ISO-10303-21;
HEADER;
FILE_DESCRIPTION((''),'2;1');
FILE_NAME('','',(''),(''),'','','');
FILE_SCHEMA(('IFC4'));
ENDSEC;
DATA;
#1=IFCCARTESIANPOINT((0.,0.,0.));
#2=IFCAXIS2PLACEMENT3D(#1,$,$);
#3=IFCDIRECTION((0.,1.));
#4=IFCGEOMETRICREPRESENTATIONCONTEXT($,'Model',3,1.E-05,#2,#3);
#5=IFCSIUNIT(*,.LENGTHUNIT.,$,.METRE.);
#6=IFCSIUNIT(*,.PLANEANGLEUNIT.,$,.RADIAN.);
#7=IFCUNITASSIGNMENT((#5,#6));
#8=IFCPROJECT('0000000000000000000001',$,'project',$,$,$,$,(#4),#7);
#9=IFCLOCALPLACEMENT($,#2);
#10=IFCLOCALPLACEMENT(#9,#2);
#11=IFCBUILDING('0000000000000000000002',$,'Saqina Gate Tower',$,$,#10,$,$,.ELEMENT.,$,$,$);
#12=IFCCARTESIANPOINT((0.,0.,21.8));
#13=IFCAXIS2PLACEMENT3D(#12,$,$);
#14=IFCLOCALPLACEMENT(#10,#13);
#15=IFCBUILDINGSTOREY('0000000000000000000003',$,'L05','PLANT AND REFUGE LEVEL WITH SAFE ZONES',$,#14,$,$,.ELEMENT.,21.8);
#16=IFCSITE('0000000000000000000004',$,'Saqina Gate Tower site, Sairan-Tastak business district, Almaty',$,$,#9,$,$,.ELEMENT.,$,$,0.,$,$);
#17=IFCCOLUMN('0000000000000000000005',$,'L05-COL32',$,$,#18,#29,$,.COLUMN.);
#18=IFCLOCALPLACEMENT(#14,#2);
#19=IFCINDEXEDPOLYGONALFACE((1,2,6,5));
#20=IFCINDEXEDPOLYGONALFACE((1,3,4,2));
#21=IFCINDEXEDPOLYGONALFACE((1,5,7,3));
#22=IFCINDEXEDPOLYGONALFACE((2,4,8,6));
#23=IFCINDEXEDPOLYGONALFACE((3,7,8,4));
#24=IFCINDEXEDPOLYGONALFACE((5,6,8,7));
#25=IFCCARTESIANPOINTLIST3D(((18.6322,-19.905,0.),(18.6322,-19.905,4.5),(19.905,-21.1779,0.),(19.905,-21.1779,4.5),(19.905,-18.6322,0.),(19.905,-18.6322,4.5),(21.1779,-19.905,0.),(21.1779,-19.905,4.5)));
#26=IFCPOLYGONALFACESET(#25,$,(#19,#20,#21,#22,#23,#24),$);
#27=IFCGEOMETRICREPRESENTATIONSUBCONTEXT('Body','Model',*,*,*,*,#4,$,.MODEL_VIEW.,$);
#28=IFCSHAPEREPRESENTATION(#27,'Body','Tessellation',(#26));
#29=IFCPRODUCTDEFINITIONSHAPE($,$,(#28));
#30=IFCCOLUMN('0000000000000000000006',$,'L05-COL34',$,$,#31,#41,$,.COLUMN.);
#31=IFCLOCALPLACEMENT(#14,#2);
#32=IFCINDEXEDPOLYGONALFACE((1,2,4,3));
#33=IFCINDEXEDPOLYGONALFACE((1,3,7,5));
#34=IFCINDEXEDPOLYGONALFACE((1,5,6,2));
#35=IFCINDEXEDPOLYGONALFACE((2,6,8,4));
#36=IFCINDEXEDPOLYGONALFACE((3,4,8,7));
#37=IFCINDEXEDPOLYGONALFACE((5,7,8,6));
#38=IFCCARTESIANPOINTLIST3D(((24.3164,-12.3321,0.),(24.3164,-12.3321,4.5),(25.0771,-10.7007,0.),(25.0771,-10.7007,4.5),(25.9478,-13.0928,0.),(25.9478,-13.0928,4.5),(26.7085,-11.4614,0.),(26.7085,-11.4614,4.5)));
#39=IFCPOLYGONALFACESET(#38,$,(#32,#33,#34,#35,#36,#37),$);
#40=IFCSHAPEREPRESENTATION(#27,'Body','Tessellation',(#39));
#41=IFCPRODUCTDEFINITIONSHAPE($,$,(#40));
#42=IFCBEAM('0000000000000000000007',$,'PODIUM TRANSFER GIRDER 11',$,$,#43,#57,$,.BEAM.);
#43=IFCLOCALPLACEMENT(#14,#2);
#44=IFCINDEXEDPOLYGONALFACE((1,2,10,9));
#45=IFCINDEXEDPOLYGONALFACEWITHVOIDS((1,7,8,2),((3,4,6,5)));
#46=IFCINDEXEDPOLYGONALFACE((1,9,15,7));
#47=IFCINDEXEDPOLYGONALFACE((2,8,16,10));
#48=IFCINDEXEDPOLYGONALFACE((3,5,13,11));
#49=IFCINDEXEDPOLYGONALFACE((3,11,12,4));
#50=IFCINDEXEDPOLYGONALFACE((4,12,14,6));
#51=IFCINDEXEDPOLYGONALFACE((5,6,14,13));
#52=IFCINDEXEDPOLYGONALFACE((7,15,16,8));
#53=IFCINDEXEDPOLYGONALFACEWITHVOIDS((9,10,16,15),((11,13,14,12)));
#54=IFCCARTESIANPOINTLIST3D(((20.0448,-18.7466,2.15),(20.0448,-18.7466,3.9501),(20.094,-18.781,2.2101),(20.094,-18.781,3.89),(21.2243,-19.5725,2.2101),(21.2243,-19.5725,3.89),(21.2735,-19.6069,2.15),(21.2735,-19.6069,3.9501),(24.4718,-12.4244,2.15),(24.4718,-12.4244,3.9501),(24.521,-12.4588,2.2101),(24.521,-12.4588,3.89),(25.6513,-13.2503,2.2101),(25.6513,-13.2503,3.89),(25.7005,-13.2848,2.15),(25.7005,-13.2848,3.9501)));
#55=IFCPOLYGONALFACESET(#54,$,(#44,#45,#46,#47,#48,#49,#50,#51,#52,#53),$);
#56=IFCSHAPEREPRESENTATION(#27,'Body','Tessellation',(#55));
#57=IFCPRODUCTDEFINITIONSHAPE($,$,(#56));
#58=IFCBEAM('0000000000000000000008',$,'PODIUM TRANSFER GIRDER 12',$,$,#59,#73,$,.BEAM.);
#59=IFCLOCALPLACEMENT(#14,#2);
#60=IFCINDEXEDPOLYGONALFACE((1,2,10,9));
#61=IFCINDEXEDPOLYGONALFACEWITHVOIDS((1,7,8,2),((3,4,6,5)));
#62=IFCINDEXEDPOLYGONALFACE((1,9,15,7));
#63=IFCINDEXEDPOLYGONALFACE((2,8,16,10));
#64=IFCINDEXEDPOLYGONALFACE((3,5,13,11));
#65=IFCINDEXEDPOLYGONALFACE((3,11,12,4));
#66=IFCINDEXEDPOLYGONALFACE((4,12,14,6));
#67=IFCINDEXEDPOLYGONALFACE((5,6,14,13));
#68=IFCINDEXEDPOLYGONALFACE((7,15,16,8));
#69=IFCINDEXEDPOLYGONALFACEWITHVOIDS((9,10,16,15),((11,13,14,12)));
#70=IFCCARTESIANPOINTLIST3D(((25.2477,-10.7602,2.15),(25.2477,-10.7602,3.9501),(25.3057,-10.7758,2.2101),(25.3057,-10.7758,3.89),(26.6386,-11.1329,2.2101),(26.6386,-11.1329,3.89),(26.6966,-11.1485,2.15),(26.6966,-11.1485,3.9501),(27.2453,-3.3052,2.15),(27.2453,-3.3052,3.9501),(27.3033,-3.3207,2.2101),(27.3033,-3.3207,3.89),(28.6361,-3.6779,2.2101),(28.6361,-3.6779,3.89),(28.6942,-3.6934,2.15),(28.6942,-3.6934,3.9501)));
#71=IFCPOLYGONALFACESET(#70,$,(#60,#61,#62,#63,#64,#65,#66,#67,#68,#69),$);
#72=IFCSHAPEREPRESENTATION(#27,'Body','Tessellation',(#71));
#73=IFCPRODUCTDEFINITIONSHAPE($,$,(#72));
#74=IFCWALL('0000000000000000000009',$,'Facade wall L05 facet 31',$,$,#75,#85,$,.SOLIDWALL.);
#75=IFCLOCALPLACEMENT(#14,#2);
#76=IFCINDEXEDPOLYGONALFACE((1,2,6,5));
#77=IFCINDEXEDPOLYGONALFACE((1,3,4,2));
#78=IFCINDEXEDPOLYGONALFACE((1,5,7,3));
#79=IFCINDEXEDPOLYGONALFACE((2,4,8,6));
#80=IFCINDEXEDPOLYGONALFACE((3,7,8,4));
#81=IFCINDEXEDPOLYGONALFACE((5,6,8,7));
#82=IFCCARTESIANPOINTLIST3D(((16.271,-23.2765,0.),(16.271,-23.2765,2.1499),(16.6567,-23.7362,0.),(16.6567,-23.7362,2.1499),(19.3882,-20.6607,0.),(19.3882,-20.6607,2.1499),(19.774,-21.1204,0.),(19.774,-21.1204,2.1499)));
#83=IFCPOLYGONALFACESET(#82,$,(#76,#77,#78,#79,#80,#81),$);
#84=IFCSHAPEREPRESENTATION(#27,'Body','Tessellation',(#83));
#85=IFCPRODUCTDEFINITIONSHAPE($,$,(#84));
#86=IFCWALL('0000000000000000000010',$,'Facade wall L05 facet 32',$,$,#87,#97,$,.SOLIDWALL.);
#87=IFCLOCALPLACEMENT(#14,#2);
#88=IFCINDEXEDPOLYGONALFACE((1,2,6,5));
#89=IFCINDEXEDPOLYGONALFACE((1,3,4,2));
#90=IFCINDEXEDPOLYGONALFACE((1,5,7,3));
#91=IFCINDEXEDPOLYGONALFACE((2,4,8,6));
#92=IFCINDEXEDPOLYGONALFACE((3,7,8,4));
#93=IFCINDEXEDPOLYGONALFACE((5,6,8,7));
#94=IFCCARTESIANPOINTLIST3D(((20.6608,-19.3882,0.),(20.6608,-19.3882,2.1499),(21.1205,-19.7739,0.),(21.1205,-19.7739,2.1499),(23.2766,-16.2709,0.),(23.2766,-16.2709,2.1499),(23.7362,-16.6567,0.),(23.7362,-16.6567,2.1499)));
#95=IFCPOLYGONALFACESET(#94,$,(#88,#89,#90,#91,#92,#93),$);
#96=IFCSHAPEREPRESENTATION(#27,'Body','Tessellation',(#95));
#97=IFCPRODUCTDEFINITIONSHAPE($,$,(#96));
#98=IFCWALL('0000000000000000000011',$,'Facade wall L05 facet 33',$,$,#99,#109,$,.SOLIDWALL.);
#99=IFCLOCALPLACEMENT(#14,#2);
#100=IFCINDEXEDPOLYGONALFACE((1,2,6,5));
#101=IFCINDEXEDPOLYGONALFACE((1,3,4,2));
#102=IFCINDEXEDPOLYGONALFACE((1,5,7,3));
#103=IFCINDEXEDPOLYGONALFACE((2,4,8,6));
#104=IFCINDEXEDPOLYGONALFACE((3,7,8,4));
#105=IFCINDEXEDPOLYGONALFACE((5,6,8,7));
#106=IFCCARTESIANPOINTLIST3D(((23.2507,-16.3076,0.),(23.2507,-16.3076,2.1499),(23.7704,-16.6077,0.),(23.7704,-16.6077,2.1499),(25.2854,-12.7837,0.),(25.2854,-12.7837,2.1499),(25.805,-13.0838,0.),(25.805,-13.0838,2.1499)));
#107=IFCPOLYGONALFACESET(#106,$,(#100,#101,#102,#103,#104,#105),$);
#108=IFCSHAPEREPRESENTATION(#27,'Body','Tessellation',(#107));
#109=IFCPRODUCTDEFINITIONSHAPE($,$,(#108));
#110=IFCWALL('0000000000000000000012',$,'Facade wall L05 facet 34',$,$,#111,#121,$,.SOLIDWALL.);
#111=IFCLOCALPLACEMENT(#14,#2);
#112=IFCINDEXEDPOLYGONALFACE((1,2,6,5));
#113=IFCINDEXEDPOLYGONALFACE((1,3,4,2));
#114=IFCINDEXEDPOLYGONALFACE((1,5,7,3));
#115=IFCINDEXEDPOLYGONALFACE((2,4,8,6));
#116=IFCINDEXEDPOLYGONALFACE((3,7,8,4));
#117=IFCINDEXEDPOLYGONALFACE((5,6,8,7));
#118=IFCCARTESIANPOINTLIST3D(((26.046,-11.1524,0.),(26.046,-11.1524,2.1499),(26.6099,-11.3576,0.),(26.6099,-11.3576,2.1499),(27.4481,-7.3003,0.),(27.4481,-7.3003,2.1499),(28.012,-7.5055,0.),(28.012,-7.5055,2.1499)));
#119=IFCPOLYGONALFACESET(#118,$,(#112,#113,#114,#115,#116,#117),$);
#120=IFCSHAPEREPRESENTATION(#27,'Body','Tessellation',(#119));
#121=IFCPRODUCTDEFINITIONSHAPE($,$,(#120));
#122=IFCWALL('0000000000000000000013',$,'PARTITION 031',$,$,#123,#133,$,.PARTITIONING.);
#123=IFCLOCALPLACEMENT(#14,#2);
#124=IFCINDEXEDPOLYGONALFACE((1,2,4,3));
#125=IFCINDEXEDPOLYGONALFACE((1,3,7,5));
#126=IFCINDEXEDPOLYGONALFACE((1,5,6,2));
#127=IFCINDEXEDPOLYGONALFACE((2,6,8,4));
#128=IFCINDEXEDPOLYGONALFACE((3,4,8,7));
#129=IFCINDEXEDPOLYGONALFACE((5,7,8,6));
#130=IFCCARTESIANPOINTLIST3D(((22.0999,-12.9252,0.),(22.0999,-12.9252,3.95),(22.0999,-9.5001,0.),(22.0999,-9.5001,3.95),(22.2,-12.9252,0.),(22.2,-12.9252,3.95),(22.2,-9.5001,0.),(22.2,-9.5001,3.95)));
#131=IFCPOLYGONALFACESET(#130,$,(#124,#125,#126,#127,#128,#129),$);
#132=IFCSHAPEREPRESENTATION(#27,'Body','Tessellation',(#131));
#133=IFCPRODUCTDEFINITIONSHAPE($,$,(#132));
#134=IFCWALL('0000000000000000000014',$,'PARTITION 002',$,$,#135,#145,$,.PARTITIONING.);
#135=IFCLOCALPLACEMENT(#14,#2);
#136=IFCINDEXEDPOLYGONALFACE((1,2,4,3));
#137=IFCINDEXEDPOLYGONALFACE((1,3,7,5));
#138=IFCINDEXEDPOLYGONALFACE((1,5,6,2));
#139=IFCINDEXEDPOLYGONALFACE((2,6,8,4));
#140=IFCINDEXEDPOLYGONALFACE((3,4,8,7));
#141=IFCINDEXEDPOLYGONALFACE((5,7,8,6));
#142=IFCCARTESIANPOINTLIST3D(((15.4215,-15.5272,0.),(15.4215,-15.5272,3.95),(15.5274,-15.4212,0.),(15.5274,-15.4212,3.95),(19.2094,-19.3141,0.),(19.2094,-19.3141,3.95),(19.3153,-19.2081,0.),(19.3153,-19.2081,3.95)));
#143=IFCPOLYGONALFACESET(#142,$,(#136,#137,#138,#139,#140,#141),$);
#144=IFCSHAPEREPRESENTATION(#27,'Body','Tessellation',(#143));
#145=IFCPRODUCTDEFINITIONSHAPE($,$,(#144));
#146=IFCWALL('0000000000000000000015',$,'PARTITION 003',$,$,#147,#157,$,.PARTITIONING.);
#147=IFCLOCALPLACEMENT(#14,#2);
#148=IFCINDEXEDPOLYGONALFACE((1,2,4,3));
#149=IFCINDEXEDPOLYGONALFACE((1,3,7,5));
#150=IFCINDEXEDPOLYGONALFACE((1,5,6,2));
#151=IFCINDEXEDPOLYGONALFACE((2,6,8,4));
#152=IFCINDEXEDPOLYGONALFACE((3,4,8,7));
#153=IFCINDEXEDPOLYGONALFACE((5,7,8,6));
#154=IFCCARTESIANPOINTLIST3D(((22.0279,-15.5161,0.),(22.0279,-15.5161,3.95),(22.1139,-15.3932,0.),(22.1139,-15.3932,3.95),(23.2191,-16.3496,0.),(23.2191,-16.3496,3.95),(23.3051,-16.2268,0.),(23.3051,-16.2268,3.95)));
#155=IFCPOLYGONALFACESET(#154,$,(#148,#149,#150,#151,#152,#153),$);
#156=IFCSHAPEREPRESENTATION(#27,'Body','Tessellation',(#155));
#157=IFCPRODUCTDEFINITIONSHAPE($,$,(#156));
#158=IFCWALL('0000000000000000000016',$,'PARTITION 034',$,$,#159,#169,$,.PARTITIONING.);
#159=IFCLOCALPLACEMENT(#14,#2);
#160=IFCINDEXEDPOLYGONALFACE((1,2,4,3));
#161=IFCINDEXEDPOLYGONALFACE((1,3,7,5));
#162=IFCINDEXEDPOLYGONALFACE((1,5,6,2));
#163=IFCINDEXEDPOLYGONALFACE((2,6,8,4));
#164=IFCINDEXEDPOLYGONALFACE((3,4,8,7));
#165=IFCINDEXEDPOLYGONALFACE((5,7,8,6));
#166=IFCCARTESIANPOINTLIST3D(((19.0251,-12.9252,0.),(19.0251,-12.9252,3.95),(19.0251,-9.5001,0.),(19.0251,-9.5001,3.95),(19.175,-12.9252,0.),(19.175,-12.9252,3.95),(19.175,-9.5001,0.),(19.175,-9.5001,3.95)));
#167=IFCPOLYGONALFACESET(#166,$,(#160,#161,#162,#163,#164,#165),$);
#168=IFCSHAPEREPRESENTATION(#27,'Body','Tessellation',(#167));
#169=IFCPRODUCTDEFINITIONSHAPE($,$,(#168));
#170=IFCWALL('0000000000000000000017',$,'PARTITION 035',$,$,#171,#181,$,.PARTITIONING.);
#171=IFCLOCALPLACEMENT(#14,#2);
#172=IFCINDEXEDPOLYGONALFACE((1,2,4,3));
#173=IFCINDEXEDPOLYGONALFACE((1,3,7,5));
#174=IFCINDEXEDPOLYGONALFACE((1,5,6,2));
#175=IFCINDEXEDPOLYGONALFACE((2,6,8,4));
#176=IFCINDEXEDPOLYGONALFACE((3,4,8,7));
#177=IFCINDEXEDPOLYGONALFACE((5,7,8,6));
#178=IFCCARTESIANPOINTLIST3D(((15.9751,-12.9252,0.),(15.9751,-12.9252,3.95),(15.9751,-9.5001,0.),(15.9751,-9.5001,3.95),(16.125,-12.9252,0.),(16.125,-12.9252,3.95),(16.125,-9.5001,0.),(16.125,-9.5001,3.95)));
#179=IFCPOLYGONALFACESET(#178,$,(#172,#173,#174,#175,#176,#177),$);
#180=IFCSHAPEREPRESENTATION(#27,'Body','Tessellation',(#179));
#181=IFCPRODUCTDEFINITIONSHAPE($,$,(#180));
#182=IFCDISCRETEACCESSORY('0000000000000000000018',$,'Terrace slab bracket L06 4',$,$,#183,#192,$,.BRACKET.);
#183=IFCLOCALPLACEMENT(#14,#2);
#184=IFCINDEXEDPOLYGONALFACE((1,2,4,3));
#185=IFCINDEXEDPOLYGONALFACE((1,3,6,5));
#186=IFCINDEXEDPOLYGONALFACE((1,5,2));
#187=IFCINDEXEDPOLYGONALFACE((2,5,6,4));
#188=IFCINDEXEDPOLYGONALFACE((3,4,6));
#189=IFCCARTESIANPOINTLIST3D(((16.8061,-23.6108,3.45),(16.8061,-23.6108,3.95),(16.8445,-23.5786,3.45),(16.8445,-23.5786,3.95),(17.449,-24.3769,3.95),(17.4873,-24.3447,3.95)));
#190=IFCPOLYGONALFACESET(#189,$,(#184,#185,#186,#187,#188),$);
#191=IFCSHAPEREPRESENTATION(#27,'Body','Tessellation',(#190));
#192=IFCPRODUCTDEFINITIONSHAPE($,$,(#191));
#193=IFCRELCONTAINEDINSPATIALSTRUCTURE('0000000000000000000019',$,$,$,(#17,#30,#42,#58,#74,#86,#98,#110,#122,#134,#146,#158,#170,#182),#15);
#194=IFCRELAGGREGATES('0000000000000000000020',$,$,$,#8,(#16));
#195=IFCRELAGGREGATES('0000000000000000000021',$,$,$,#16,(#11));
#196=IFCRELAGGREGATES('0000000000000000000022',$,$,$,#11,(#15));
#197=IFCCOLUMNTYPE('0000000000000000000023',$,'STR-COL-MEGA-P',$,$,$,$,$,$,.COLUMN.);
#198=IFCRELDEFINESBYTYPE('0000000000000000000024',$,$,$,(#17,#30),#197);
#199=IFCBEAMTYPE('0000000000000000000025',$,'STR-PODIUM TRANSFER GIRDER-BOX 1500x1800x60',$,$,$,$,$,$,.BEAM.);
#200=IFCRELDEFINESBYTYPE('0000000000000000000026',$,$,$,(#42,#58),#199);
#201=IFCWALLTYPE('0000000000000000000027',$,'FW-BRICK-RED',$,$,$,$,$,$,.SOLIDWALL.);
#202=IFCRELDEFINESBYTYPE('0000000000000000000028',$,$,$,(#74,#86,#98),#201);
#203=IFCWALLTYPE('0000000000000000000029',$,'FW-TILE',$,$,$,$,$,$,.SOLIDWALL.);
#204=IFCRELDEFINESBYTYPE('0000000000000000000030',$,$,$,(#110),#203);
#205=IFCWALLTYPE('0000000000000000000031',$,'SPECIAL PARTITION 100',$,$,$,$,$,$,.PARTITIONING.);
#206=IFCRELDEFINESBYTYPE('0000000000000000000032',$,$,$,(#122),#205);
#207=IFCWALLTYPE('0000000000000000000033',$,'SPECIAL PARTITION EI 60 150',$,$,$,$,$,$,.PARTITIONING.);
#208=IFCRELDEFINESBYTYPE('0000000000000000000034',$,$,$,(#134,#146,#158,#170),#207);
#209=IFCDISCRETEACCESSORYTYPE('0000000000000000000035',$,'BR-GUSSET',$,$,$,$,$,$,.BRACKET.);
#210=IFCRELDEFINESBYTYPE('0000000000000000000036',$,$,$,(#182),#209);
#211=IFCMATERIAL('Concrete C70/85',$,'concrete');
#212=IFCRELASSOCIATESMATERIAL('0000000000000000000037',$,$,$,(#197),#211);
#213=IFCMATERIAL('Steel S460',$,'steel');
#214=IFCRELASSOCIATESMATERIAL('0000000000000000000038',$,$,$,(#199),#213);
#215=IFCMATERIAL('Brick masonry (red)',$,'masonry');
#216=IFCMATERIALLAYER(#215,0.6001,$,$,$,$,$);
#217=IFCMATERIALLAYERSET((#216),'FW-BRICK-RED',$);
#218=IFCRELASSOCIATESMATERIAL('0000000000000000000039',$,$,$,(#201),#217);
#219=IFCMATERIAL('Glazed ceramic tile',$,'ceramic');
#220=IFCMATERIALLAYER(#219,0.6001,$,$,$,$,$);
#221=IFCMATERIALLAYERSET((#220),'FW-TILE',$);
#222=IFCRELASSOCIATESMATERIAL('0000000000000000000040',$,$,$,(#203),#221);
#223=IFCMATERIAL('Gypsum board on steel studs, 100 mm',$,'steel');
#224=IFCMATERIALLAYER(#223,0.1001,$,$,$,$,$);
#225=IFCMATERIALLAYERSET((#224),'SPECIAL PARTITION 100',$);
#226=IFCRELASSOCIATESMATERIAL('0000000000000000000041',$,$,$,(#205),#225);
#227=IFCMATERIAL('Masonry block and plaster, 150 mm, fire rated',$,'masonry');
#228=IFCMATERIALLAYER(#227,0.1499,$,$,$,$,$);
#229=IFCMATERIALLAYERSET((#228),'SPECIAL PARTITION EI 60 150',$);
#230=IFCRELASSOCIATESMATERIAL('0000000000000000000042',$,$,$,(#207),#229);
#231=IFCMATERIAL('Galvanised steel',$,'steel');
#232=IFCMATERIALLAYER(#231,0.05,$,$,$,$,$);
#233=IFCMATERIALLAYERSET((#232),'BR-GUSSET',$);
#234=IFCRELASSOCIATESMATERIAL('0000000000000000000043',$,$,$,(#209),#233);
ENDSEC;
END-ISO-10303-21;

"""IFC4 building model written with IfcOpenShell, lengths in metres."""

from ifc_helpers import new_model, si_unit, direction, frame, frame_2d, origin, origin_2d, place, context, subcontext, project, spatial, polyline, rectangle, hollow_rectangle, outline, extrude, material, layer, layer_set, material_profile, profile_set, type_object, element, save


model = new_model("IFC4")

# Units and contexts
model_context = context("Model", 3, precision=1e-05, world=origin(), true_north=direction((0.0, 1.0)))
body_context = subcontext(model_context, "Body", "Model", "MODEL_VIEW")
ifc_project = project(units=[si_unit("LENGTHUNIT", "METRE"), si_unit("PLANEANGLEUNIT", "RADIAN")], contexts=[model_context])

# Site, building, storey
site_placement = place(None, origin())
site = spatial("IfcSite", under=ifc_project, at=site_placement, Name="Saqina Gate Tower site, Sairan-Tastak business district, Almaty", CompositionType="ELEMENT", RefElevation=0.0)
building_placement = place(site_placement, origin())
building = spatial("IfcBuilding", under=site, at=building_placement, Name="Saqina Gate Tower", CompositionType="ELEMENT")
storey_placement = place(building_placement, frame((0.0, 0.0, 21.8)))
storey = spatial("IfcBuildingStorey", under=building, at=storey_placement, Name="L05", Description="PLANT AND REFUGE LEVEL WITH SAFE ZONES", CompositionType="ELEMENT", Elevation=21.8)

# Columns
ifc_material_1 = material(Name="Concrete C70/85", Category="concrete")
ifc_material_profile_1 = material_profile(ifc_material_1, rectangle(XDim=1.8, YDim=1.8, at=origin_2d()), Name="RC 1800x1800")
ifc_profile_set_1 = profile_set([ifc_material_profile_1], Name="Concrete C70/85")
column_type = type_object("IfcColumnType", Name="STR-COL-MEGA-P", PredefinedType="COLUMN", material=ifc_profile_set_1)
for number, where, z_axis, x_axis, name in (
    (1, (19.905, -19.905, 0.0), (0.0, 0.0, 1.0), (0.707107, -0.707107, 0.0), "L05-COL32"),
    (2, (25.5125, -11.8967, 0.0), (0.0, 0.0, 1.0), (0.906308, -0.422618, 0.0), "L05-COL34"),
):
    element("IfcColumn", number, at=place(storey_placement, frame(where, z_axis=z_axis, x_axis=x_axis)), inside=storey, type_object=column_type, Name=name, PredefinedType="COLUMN", context=body_context, shape_type="SweptSolid", body=[
        extrude(rectangle(XDim=1.8, YDim=1.8, at=origin_2d()), origin(), (0.0, 0.0, 1.0), 4.5),
    ])

# Beams
ifc_material_2 = material(Name="Steel S460", Category="steel")
ifc_material_profile_2 = material_profile(ifc_material_2, hollow_rectangle(XDim=1.5, YDim=1.8, WallThickness=0.0601, at=origin_2d()), Name="BOX 1500x1800x60")
ifc_profile_set_2 = profile_set([ifc_material_profile_2], Name="Steel S460")
beam_type = type_object("IfcBeamType", Name="STR-PODIUM TRANSFER GIRDER-BOX 1500x1800x60", PredefinedType="BEAM", material=ifc_profile_set_2)
for number, where, z_axis, x_axis, name in (
    (3, (20.6592, -19.1768, 3.05), (0.573585, 0.819146, 0.0), (-0.819146, 0.573585, 0.0), "PODIUM TRANSFER GIRDER 11"),
    (4, (25.9722, -10.9543, 3.05), (0.258816, 0.965927, 0.0), (-0.965927, 0.258816, 0.0), "PODIUM TRANSFER GIRDER 12"),
):
    element("IfcBeam", number, at=place(storey_placement, frame(where, z_axis=z_axis, x_axis=x_axis)), inside=storey, type_object=beam_type, Name=name, PredefinedType="BEAM", context=body_context, shape_type="SweptSolid", body=[
        extrude(hollow_rectangle(XDim=1.5, YDim=1.8, WallThickness=0.0601, at=origin_2d()), origin(), (0.0, 0.0, 1.0), 7.718),
    ])

# Walls
ifc_material_3 = material(Name="Brick masonry (red)", Category="masonry")
ifc_layer_1 = layer(ifc_material_3, 0.6001)
ifc_layer_set_1 = layer_set([ifc_layer_1], Name="FW-BRICK-RED")
wall_type_1 = type_object("IfcWallType", Name="FW-BRICK-RED", PredefinedType="SOLIDWALL", material=ifc_layer_set_1)
for number, where, z_axis, x_axis, name in (
    (5, (16.4639, -23.5063, 0.0), (0.0, 0.0, 1.0), (0.766033, 0.642801, 0.0), "Facade wall L05 facet 31"),
    (6, (20.8906, -19.5811, 0.0), (0.0, 0.0, 1.0), (0.642801, 0.766033, 0.0), "Facade wall L05 facet 32"),
):
    element("IfcWall", number, at=place(storey_placement, frame(where, z_axis=z_axis, x_axis=x_axis)), inside=storey, type_object=wall_type_1, Name=name, PredefinedType="SOLIDWALL", context=body_context, shape_type="SweptSolid", body=[
        extrude(rectangle(XDim=4.0693, YDim=0.6001, at=frame_2d((2.0347, 0.0))), origin(), (0.0, 0.0, 1.0), 2.1499),
    ])
wall_1_placement = place(storey_placement, frame((23.5105, -16.4578, 0.0), z_axis=(0.0, 0.0, 1.0), x_axis=(0.500024, 0.866012, 0.0)))
element("IfcWall", 7, at=wall_1_placement, inside=storey, type_object=wall_type_1, Name="Facade wall L05 facet 33", PredefinedType="SOLIDWALL", context=body_context, shape_type="SweptSolid", body=[
    extrude(rectangle(XDim=4.0691, YDim=0.6001, at=frame_2d((2.0347, 0.0))), origin(), (0.0, 0.0, 1.0), 2.1499),
])
ifc_material_4 = material(Name="Glazed ceramic tile", Category="ceramic")
ifc_layer_2 = layer(ifc_material_4, 0.6001)
ifc_layer_set_2 = layer_set([ifc_layer_2], Name="FW-TILE")
wall_type_2 = type_object("IfcWallType", Name="FW-TILE", PredefinedType="SOLIDWALL", material=ifc_layer_set_2)
wall_2_placement = place(storey_placement, frame((26.3279, -11.2551, 0.0), z_axis=(0.0, 0.0, 1.0), x_axis=(0.342035, 0.939687, 0.0)))
element("IfcWall", 8, at=wall_2_placement, inside=storey, type_object=wall_type_2, Name="Facade wall L05 facet 34", PredefinedType="SOLIDWALL", context=body_context, shape_type="SweptSolid", body=[
    extrude(rectangle(XDim=4.0994, YDim=0.6001, at=frame_2d((2.0498, 0.0))), origin(), (0.0, 0.0, 1.0), 2.1499),
])
ifc_material_5 = material(Name="Gypsum board on steel studs, 100 mm", Category="steel")
ifc_layer_3 = layer(ifc_material_5, 0.1001)
ifc_layer_set_3 = layer_set([ifc_layer_3], Name="SPECIAL PARTITION 100")
wall_type_3 = type_object("IfcWallType", Name="SPECIAL PARTITION 100", PredefinedType="PARTITIONING", material=ifc_layer_set_3)
wall_3_placement = place(storey_placement, frame((22.1499, -12.925, 0.0), z_axis=(0.0, 0.0, 1.0), x_axis=(0.0, 1.0, 0.0)))
element("IfcWall", 9, at=wall_3_placement, inside=storey, type_object=wall_type_3, Name="PARTITION 031", PredefinedType="PARTITIONING", context=body_context, shape_type="SweptSolid", body=[
    extrude(rectangle(XDim=3.425, YDim=0.1001, at=frame_2d((1.7124, 0.0))), origin(), (0.0, 0.0, 1.0), 3.95),
])
ifc_material_6 = material(Name="Masonry block and plaster, 150 mm, fire rated", Category="masonry")
ifc_layer_4 = layer(ifc_material_6, 0.1499)
ifc_layer_set_4 = layer_set([ifc_layer_4], Name="SPECIAL PARTITION EI 60 150")
wall_type_4 = type_object("IfcWallType", Name="SPECIAL PARTITION EI 60 150", PredefinedType="PARTITIONING", material=ifc_layer_set_4)
wall_4_placement = place(storey_placement, frame((15.4744, -15.4741, 0.0), z_axis=(0.0, 0.0, 1.0), x_axis=(0.707198, -0.707016, 0.0)))
element("IfcWall", 10, at=wall_4_placement, inside=storey, type_object=wall_type_4, Name="PARTITION 002", PredefinedType="PARTITIONING", context=body_context, shape_type="SweptSolid", body=[
    extrude(rectangle(XDim=5.3562, YDim=0.1499, at=frame_2d((2.6782, 0.0))), origin(), (0.0, 0.0, 1.0), 3.95),
])
wall_5_placement = place(storey_placement, frame((22.0708, -15.4546, 0.0), z_axis=(0.0, 0.0, 1.0), x_axis=(0.819334, -0.573316, 0.0)))
element("IfcWall", 11, at=wall_5_placement, inside=storey, type_object=wall_type_4, Name="PARTITION 003", PredefinedType="PARTITIONING", context=body_context, shape_type="SweptSolid", body=[
    extrude(rectangle(XDim=1.4539, YDim=0.1499, at=frame_2d((0.7271, 0.0))), origin(), (0.0, 0.0, 1.0), 3.95),
])
for number, where, z_axis, x_axis, name in (
    (12, (19.1001, -12.925, 0.0), (0.0, 0.0, 1.0), (0.0, 1.0, 0.0), "PARTITION 034"),
    (13, (16.05, -12.925, 0.0), (0.0, 0.0, 1.0), (0.0, 1.0, 0.0), "PARTITION 035"),
):
    element("IfcWall", number, at=place(storey_placement, frame(where, z_axis=z_axis, x_axis=x_axis)), inside=storey, type_object=wall_type_4, Name=name, PredefinedType="PARTITIONING", context=body_context, shape_type="SweptSolid", body=[
        extrude(rectangle(XDim=3.425, YDim=0.1499, at=frame_2d((1.7124, 0.0))), origin(), (0.0, 0.0, 1.0), 3.95),
    ])

# Discrete accessory
ifc_material_7 = material(Name="Galvanised steel", Category="steel")
ifc_layer_5 = layer(ifc_material_7, 0.05)
ifc_layer_set_5 = layer_set([ifc_layer_5], Name="BR-GUSSET")
discrete_accessory_type = type_object("IfcDiscreteAccessoryType", Name="BR-GUSSET", PredefinedType="BRACKET", material=ifc_layer_set_5)
for number, where, z_axis, x_axis, name in (
    (14, (16.8445, -23.5786, 3.45), (0.766056, 0.642774, 0.0), (0.0, 0.0, 1.0), "Terrace slab bracket L06 4"),
):
    element("IfcDiscreteAccessory", number, at=place(storey_placement, frame(where, z_axis=z_axis, x_axis=x_axis)), inside=storey, type_object=discrete_accessory_type, Name=name, PredefinedType="BRACKET", context=body_context, shape_type="SweptSolid", body=[
        extrude(outline(polyline([(0.0, 0.0), (0.5, 0.0), (0.5, 1.0001), (0.0, 0.0)])), origin(), (0.0, 0.0, -1.0), 0.05),
    ])

save(model, "model.ifc")
